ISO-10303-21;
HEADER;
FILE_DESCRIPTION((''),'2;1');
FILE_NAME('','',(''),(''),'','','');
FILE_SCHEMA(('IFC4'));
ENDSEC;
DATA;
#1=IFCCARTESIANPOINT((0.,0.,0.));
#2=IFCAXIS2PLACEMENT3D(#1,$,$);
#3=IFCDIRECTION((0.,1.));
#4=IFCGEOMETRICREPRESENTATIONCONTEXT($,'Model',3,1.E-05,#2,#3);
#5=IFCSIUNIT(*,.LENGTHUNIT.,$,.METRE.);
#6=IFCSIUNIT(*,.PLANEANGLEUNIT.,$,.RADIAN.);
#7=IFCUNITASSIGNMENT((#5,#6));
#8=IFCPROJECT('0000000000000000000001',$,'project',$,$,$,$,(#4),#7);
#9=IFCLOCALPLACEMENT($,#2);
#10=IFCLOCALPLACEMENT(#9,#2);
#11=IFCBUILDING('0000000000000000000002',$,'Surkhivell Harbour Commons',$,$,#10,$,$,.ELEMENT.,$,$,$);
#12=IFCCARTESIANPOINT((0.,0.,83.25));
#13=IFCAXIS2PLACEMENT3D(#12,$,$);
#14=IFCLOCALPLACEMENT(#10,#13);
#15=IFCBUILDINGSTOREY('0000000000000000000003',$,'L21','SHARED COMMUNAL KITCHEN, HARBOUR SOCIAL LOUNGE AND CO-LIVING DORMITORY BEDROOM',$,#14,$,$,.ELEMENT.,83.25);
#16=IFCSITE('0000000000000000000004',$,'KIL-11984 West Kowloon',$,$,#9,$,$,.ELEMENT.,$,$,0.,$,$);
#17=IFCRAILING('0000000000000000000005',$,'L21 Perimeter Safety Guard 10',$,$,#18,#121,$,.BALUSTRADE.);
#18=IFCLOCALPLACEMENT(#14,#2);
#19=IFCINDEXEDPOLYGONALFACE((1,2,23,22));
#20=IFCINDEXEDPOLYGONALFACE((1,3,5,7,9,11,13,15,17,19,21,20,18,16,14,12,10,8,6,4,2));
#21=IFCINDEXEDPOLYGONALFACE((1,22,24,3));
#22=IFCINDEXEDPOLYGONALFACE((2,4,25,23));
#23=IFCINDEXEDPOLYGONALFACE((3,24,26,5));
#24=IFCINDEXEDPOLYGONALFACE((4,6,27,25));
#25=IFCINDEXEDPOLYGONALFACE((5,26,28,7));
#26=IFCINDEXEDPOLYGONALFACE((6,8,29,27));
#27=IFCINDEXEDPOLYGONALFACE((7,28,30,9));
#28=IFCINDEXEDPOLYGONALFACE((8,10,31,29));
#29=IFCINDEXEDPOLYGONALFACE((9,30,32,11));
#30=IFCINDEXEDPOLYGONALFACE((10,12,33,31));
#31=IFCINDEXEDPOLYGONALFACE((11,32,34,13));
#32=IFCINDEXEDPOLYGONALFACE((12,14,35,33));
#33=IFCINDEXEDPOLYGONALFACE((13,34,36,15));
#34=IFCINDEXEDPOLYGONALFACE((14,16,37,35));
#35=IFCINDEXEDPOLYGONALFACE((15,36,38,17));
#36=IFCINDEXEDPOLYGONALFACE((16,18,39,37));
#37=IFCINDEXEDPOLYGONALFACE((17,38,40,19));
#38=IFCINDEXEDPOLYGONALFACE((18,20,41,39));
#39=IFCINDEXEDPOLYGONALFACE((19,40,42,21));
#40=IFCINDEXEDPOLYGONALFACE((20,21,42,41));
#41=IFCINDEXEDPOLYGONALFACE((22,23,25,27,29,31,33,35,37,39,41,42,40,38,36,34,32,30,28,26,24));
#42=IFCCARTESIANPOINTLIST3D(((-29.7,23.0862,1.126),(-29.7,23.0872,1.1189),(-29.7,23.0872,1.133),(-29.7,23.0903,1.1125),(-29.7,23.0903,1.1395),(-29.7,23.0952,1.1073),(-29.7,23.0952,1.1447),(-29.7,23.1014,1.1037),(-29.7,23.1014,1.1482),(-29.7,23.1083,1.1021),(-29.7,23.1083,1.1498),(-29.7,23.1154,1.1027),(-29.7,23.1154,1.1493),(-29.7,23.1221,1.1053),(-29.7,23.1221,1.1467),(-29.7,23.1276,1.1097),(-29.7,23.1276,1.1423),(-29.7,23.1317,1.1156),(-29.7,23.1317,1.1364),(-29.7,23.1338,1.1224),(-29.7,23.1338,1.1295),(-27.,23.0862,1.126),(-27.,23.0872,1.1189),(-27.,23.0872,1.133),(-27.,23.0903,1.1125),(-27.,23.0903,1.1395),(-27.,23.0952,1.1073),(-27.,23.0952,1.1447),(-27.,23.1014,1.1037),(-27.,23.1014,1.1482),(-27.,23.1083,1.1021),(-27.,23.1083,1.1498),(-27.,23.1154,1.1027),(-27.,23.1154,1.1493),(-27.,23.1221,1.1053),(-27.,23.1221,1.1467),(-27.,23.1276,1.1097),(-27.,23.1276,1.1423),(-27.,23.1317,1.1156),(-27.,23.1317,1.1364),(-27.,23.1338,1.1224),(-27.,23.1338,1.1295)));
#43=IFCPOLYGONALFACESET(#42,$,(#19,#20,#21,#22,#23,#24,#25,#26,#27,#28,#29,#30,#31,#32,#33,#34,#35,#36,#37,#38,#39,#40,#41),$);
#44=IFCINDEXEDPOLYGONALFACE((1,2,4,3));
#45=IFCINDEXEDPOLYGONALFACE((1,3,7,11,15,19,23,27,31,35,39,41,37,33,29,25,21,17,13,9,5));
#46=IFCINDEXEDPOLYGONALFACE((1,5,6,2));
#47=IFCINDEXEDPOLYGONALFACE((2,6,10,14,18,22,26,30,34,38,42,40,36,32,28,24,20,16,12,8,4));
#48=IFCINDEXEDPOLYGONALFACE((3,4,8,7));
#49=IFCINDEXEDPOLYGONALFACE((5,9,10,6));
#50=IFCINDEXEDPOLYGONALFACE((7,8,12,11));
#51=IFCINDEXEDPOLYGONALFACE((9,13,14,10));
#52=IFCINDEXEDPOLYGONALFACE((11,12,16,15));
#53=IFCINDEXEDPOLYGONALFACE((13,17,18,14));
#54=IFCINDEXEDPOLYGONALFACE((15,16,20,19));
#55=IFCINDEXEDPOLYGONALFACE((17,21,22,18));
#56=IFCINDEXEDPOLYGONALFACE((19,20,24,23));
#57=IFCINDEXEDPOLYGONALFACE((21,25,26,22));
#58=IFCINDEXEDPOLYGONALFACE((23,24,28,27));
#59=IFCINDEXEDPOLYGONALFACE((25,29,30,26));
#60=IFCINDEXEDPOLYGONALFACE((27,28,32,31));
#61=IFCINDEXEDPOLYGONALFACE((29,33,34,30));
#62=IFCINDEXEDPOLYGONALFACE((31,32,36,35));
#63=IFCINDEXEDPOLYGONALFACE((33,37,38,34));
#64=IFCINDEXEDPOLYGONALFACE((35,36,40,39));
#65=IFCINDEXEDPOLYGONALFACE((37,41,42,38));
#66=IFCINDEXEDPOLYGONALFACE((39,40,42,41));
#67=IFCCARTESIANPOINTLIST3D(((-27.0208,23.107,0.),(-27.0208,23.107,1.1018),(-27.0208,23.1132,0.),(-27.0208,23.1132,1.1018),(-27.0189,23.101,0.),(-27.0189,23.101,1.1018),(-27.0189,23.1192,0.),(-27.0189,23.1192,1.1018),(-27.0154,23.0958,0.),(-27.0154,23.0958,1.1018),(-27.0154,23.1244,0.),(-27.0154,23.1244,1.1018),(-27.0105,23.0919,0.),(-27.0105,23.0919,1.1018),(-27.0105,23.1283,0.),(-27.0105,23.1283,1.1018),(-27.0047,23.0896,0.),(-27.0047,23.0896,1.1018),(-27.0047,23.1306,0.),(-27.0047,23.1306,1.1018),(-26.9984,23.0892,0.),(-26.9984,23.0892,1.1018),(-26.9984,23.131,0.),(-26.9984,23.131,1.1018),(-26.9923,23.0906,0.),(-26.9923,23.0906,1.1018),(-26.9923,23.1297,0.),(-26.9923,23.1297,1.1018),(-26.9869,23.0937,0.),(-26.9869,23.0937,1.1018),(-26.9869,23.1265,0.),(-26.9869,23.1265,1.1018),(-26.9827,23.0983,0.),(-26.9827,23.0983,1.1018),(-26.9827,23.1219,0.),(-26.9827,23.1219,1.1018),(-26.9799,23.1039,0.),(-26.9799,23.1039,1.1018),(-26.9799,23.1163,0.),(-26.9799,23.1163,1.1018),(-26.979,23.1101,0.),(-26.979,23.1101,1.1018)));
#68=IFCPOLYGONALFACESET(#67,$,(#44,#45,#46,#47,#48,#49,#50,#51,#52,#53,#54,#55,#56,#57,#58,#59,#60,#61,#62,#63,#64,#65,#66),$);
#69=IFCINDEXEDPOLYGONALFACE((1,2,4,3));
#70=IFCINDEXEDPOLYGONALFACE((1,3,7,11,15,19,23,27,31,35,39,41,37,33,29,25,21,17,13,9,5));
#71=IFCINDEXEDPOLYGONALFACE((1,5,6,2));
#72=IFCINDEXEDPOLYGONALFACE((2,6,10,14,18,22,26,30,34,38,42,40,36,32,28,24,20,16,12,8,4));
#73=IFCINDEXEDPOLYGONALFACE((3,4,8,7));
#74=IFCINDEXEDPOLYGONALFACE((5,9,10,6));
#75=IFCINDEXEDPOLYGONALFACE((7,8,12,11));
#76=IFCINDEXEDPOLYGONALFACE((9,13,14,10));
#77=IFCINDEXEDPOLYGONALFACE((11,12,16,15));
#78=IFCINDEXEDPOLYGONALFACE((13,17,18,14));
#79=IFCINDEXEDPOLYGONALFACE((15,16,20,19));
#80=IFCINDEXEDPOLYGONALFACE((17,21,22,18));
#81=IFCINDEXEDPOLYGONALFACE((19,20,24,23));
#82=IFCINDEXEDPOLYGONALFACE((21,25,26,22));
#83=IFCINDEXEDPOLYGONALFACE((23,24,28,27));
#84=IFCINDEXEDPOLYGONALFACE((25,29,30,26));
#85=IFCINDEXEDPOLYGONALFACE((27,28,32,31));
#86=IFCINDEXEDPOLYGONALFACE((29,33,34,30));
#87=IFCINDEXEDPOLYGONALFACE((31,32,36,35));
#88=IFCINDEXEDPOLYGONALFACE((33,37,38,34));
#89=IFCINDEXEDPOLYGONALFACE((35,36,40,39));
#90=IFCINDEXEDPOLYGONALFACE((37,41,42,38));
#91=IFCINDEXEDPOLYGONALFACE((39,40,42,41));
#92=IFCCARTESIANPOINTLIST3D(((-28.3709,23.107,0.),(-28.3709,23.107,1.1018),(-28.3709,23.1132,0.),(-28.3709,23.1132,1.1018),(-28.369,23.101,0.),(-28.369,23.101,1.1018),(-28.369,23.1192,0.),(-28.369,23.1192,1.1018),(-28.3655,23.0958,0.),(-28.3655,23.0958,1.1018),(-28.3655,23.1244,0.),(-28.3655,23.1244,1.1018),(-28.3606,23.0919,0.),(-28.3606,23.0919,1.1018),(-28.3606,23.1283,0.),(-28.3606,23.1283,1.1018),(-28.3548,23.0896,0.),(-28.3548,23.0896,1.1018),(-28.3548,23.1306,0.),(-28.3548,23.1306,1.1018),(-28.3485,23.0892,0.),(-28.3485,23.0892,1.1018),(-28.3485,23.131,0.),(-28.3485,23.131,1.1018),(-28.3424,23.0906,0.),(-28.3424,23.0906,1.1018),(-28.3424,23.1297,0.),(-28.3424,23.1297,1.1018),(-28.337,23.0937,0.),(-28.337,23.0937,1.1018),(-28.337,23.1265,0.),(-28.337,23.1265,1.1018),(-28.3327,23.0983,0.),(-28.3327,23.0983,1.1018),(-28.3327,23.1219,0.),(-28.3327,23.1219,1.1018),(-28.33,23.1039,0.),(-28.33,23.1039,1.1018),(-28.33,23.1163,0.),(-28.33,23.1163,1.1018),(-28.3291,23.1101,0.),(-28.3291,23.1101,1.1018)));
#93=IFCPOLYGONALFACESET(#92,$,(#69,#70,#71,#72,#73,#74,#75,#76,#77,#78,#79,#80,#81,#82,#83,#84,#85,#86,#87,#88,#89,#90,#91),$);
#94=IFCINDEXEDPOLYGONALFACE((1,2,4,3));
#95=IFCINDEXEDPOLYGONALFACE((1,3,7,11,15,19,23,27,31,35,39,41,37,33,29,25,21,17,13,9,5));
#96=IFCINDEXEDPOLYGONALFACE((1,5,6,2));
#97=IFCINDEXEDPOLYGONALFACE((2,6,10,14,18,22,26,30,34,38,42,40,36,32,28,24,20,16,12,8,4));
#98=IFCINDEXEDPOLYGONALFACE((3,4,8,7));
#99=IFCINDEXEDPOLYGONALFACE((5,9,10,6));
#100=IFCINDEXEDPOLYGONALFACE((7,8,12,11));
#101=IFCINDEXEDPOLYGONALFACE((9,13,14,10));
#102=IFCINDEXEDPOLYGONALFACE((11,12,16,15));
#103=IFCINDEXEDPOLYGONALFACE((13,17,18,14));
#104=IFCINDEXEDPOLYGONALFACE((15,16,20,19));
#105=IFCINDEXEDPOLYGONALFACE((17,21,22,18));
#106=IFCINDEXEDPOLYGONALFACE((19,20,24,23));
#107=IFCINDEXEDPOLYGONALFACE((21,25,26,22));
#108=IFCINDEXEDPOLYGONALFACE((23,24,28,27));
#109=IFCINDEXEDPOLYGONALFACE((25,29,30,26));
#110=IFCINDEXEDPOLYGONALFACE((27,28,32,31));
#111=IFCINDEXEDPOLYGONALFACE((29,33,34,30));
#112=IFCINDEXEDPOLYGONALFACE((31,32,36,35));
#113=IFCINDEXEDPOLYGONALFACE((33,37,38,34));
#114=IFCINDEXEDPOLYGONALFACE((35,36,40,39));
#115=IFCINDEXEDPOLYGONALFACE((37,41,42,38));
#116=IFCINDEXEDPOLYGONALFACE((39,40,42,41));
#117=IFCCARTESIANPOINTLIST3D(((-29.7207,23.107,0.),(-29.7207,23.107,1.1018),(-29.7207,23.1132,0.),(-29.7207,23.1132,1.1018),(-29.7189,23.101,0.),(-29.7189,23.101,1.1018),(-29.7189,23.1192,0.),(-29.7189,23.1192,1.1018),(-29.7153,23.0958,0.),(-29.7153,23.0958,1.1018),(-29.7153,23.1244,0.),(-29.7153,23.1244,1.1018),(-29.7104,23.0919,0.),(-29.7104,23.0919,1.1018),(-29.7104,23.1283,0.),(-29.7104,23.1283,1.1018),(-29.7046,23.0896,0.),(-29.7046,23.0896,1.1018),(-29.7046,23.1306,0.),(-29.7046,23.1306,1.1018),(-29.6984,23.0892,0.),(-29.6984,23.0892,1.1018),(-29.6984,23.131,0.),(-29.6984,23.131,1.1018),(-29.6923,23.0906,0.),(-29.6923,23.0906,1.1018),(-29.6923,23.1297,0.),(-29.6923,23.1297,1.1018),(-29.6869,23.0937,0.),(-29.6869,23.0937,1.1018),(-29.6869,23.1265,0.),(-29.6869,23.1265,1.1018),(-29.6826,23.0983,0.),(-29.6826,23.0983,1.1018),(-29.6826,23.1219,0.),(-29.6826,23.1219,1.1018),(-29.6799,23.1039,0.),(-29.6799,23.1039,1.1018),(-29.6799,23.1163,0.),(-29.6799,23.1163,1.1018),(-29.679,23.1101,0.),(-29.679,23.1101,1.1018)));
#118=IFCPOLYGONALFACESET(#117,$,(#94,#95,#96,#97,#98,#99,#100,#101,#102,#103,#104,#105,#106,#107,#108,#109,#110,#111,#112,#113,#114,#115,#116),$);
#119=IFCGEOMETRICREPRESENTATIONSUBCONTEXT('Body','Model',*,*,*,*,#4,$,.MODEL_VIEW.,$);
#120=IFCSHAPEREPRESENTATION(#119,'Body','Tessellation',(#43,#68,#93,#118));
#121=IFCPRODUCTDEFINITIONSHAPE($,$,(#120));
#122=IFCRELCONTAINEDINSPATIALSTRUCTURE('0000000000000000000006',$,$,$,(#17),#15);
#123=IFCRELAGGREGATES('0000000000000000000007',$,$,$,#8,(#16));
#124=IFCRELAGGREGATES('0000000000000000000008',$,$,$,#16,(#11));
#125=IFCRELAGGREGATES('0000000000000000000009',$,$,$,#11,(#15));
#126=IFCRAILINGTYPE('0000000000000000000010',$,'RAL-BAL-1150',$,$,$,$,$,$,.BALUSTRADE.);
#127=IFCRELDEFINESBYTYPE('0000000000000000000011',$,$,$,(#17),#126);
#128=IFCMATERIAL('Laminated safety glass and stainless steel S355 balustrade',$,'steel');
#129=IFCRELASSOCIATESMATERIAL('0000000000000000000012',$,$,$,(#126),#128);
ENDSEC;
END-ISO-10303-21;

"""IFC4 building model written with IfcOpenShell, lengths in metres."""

from ifc_helpers import new_model, si_unit, direction, frame, origin, origin_2d, place, context, subcontext, project, spatial, circle, extrude, material, type_object, element, save


model = new_model("IFC4")

# Units and contexts
model_context = context("Model", 3, precision=1e-05, world=origin(), true_north=direction((0.0, 1.0)))
body_context = subcontext(model_context, "Body", "Model", "MODEL_VIEW")
ifc_project = project(units=[si_unit("LENGTHUNIT", "METRE"), si_unit("PLANEANGLEUNIT", "RADIAN")], contexts=[model_context])

# Site, building, storey
site_placement = place(None, origin())
site = spatial("IfcSite", under=ifc_project, at=site_placement, Name="KIL-11984 West Kowloon", CompositionType="ELEMENT", RefElevation=0.0)
building_placement = place(site_placement, origin())
building = spatial("IfcBuilding", under=site, at=building_placement, Name="Surkhivell Harbour Commons", CompositionType="ELEMENT")
storey_placement = place(building_placement, frame((0.0, 0.0, 83.25)))
storey = spatial("IfcBuildingStorey", under=building, at=storey_placement, Name="L21", Description="SHARED COMMUNAL KITCHEN, HARBOUR SOCIAL LOUNGE AND CO-LIVING DORMITORY BEDROOM", CompositionType="ELEMENT", Elevation=83.25)

# Railing
ifc_material_1 = material(Name="Laminated safety glass and stainless steel S355 balustrade", Category="steel")
railing_type = type_object("IfcRailingType", Name="RAL-BAL-1150", PredefinedType="BALUSTRADE", material=ifc_material_1)
railing_1_placement = place(storey_placement, frame((-27.0, 23.1101, 0.0)))
element("IfcRailing", 1, at=railing_1_placement, inside=storey, type_object=railing_type, Name="L21 Perimeter Safety Guard 10", PredefinedType="BALUSTRADE", context=body_context, shape_type="SweptSolid", body=[
    extrude(circle(Radius=0.0239, at=origin_2d()), frame((0.0, 0.0, 1.126), z_axis=(-1.0, 0.0, 0.0), x_axis=(0.0, -1.0, 0.0)), (0.0, 0.0, 1.0), 2.7),
    extrude(circle(Radius=0.021, at=origin_2d()), origin(), (0.0, 0.0, 1.0), 1.1018),
    extrude(circle(Radius=0.021, at=origin_2d()), frame((-1.3501, 0.0, 0.0)), (0.0, 0.0, 1.0), 1.1018),
    extrude(circle(Radius=0.021, at=origin_2d()), frame((-2.7, 0.0, 0.0)), (0.0, 0.0, 1.0), 1.1018),
])

save(model, "model.ifc")
